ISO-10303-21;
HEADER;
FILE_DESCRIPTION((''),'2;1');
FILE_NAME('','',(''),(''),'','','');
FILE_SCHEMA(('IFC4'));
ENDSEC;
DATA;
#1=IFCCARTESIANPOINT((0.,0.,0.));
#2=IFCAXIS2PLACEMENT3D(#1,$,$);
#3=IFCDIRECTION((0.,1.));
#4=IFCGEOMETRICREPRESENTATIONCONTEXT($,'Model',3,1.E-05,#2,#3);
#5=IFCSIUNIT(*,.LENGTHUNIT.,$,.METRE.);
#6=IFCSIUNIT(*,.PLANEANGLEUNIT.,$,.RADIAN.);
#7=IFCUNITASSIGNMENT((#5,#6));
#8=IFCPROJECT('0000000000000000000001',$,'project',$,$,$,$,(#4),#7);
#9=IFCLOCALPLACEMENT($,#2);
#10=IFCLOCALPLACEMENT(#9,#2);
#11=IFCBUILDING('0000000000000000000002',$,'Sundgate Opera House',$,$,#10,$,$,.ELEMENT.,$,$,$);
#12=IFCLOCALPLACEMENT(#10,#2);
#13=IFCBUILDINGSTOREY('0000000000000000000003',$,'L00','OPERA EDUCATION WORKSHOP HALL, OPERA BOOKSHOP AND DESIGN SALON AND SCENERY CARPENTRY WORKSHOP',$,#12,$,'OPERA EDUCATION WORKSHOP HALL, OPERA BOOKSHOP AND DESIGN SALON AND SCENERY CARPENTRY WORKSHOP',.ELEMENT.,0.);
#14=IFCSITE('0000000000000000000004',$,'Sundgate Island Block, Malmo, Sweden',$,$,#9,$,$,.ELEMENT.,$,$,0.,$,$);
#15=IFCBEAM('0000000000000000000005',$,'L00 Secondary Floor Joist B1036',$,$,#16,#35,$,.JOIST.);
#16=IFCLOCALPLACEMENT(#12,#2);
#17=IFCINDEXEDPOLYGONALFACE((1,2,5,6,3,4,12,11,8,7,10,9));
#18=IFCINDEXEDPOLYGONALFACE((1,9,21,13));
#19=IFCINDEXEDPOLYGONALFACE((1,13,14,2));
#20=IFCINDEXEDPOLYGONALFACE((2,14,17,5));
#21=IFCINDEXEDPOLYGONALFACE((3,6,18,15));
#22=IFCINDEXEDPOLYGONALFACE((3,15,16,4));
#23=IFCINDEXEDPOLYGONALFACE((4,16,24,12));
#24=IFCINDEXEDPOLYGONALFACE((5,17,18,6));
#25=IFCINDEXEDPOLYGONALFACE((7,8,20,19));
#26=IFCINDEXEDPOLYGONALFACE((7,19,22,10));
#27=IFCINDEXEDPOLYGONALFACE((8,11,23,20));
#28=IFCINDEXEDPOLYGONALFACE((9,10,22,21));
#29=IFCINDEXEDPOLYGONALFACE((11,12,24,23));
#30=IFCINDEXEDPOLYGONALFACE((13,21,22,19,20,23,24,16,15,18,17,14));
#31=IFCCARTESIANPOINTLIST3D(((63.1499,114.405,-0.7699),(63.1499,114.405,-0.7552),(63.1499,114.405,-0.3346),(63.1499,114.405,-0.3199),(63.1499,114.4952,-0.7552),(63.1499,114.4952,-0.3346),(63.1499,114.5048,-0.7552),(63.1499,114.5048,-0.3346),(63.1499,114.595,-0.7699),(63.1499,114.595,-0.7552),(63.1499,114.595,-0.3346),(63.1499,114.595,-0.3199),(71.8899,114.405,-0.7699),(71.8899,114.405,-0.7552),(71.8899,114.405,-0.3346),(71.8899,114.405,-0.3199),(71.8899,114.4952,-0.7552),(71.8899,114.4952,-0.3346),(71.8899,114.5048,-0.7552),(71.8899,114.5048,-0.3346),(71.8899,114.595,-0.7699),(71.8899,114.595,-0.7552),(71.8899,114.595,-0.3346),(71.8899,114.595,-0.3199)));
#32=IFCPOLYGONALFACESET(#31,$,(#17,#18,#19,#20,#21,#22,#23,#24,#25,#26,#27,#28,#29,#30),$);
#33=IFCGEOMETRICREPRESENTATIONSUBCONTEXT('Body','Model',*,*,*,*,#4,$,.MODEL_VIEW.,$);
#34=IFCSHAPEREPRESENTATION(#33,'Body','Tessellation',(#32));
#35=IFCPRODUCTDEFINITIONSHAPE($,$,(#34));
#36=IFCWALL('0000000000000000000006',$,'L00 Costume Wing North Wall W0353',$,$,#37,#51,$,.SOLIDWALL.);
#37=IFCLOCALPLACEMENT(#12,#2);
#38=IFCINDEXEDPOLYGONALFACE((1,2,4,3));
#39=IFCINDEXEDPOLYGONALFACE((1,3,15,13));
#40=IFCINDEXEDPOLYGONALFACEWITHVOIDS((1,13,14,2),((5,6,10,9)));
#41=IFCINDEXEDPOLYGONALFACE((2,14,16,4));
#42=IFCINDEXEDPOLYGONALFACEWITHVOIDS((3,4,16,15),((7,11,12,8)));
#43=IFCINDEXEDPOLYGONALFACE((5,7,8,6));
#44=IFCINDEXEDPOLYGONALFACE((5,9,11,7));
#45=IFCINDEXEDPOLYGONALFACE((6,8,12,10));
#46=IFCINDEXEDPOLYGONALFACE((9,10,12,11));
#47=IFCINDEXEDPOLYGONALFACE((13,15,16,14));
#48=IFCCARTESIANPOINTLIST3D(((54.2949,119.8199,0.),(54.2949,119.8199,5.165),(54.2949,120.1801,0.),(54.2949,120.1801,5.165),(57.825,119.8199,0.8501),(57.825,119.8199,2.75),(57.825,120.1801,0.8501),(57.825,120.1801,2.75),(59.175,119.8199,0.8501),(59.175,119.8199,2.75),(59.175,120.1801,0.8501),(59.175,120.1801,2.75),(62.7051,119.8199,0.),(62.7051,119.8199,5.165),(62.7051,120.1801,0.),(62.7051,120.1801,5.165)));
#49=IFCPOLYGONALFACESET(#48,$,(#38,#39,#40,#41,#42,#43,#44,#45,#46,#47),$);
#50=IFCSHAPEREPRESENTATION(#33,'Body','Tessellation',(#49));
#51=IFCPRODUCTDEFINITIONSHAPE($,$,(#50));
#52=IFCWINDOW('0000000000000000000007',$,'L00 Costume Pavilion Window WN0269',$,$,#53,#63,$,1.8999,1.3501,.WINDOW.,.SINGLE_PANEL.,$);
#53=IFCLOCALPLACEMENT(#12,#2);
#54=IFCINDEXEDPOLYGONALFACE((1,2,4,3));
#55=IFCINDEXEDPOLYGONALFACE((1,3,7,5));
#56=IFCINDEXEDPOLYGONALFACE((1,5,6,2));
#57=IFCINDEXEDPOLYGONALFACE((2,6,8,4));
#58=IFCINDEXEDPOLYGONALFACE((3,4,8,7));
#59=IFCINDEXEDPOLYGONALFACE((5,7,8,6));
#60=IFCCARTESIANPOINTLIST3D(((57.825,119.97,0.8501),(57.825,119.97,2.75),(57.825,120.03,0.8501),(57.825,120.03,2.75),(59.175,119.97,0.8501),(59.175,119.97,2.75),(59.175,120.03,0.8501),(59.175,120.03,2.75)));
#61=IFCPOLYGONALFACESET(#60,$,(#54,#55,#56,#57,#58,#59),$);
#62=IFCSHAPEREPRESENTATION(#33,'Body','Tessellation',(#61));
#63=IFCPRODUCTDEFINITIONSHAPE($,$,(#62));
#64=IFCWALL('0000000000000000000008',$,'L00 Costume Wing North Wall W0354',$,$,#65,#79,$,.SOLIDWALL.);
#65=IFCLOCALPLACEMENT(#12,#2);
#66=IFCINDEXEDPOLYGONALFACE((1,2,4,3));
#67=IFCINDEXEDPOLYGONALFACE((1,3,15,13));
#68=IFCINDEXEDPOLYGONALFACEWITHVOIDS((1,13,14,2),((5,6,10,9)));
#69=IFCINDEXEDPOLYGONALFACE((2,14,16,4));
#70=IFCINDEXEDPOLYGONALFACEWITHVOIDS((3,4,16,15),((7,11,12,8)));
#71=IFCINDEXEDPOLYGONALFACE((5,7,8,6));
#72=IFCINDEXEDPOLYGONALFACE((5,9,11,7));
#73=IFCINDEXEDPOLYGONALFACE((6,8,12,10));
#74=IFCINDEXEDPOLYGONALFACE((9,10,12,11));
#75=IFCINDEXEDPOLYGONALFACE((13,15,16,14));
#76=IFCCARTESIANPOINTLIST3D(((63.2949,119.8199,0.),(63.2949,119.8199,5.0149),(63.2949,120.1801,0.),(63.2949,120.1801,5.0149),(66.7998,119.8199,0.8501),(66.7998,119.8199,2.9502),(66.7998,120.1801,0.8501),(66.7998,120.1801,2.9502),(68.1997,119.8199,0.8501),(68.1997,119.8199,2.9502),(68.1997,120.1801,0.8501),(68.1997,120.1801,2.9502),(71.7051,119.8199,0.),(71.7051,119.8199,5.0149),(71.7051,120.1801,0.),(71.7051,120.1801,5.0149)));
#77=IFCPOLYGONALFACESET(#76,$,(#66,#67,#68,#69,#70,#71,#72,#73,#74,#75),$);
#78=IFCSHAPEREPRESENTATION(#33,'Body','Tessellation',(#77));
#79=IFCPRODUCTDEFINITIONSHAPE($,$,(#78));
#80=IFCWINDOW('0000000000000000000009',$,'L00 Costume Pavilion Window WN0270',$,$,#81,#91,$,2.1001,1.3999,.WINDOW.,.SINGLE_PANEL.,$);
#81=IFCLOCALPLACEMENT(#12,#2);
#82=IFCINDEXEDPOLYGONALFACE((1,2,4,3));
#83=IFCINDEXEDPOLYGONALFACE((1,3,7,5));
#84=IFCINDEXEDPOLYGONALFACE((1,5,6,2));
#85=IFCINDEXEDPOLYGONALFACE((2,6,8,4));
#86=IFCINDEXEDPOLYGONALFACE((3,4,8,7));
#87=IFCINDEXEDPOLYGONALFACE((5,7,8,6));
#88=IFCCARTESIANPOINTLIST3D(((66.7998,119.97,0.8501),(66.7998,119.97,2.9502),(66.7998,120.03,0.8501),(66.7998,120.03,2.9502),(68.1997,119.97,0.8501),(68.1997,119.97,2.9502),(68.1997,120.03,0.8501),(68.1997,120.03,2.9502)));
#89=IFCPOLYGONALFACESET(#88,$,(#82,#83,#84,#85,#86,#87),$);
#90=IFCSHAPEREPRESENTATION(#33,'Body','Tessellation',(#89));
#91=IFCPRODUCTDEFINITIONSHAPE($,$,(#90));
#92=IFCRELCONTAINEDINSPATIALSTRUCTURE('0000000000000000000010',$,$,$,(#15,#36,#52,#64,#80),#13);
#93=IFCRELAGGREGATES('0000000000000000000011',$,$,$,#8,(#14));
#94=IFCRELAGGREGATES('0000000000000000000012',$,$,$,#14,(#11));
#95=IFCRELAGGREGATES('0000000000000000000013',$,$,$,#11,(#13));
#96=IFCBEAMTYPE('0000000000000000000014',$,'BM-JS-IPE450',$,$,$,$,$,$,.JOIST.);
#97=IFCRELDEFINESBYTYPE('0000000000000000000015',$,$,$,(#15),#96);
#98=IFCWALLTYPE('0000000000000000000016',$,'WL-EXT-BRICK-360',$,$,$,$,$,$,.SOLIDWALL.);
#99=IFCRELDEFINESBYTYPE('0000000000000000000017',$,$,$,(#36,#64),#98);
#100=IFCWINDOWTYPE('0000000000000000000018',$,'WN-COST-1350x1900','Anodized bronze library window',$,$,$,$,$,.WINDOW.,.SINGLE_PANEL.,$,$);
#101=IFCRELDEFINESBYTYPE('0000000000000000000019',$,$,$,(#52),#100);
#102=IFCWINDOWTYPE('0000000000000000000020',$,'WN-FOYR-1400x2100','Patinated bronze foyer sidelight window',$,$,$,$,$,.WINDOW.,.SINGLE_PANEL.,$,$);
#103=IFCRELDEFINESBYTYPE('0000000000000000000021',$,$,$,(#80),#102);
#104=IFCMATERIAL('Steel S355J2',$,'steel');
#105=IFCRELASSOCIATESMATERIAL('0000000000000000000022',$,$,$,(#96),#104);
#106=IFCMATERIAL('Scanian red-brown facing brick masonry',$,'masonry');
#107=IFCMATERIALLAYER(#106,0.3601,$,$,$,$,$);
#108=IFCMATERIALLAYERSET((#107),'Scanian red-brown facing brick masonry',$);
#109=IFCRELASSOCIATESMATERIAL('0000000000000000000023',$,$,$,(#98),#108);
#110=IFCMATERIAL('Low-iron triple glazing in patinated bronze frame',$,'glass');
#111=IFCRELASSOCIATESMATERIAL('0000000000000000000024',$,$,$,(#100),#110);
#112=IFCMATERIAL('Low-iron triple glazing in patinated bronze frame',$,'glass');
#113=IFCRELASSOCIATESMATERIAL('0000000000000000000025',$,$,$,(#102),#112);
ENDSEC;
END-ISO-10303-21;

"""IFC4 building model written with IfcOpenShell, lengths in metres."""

from ifc_helpers import new_model, si_unit, direction, frame, frame_2d, origin, origin_2d, place, context, subcontext, project, spatial, rectangle, i_section, extrude, material, layer, layer_set, material_profile, profile_set, type_object, element, fill, save


model = new_model("IFC4")

# Units and contexts
model_context = context("Model", 3, precision=1e-05, world=origin(), true_north=direction((0.0, 1.0)))
body_context = subcontext(model_context, "Body", "Model", "MODEL_VIEW")
ifc_project = project(units=[si_unit("LENGTHUNIT", "METRE"), si_unit("PLANEANGLEUNIT", "RADIAN")], contexts=[model_context])

# Site, building, storey
site_placement = place(None, origin())
site = spatial("IfcSite", under=ifc_project, at=site_placement, Name="Sundgate Island Block, Malmo, Sweden", CompositionType="ELEMENT", RefElevation=0.0)
building_placement = place(site_placement, origin())
building = spatial("IfcBuilding", under=site, at=building_placement, Name="Sundgate Opera House", CompositionType="ELEMENT")
storey_placement = place(building_placement, origin())
storey = spatial("IfcBuildingStorey", under=building, at=storey_placement, Name="L00", Description="OPERA EDUCATION WORKSHOP HALL, OPERA BOOKSHOP AND DESIGN SALON AND SCENERY CARPENTRY WORKSHOP", LongName="OPERA EDUCATION WORKSHOP HALL, OPERA BOOKSHOP AND DESIGN SALON AND SCENERY CARPENTRY WORKSHOP", CompositionType="ELEMENT", Elevation=0.0)

# Beam
ifc_material_1 = material(Name="Steel S355J2", Category="steel")
ifc_material_profile_1 = material_profile(ifc_material_1, i_section(OverallWidth=0.1899, OverallDepth=0.45, WebThickness=0.0095, FlangeThickness=0.0146, at=origin_2d()), Name="IPE 450")
ifc_profile_set_1 = profile_set([ifc_material_profile_1], Name="Steel S355J2")
beam_type_1 = type_object("IfcBeamType", Name="BM-JS-IPE450", PredefinedType="JOIST", material=ifc_profile_set_1)
beam_1_placement = place(storey_placement, frame((63.1499, 114.5, -0.5449), z_axis=(1.0, 0.0, 0.0), x_axis=(0.0, 1.0, 0.0)))
element("IfcBeam", 1, at=beam_1_placement, inside=storey, type_object=beam_type_1, Name="L00 Secondary Floor Joist B1036", PredefinedType="JOIST", context=body_context, shape_type="SweptSolid", body=[
    extrude(i_section(OverallWidth=0.1899, OverallDepth=0.45, WebThickness=0.0095, FlangeThickness=0.0146, at=origin_2d()), origin(), (0.0, 0.0, 1.0), 8.74),
])

# Walls, openings, windows
ifc_material_2 = material(Name="Scanian red-brown facing brick masonry", Category="masonry")
ifc_layer = layer(ifc_material_2, 0.3601)
ifc_layer_set = layer_set([ifc_layer], Name="Scanian red-brown facing brick masonry")
wall_type = type_object("IfcWallType", Name="WL-EXT-BRICK-360", PredefinedType="SOLIDWALL", material=ifc_layer_set)
wall_1_placement = place(storey_placement, frame((54.2949, 120.0, 0.0), z_axis=(0.0, 0.0, 1.0), x_axis=(1.0, 0.0, 0.0)))
wall_1 = element("IfcWall", 2, at=wall_1_placement, inside=storey, type_object=wall_type, Name="L00 Costume Wing North Wall W0353", PredefinedType="SOLIDWALL", context=body_context, shape_type="SweptSolid", body=[
    extrude(rectangle(XDim=8.4102, YDim=0.3601, at=frame_2d((4.2051, 0.0))), origin(), (0.0, 0.0, 1.0), 5.165),
])
opening_1_placement = place(wall_1_placement, frame((3.53, 0.0, 0.8501)))
opening_1 = element("IfcOpeningElement", 3, at=opening_1_placement, cuts=wall_1, PredefinedType="OPENING", context=body_context, shape_type="SweptSolid", body=[
    extrude(rectangle(XDim=1.3501, YDim=1.8999, at=frame_2d((0.675, 0.95))), frame((0.0, 0.1899, 0.0), z_axis=(0.0, -1.0, 0.0), x_axis=(1.0, 0.0, 0.0)), (0.0, 0.0, 1.0), 0.3801),
])
ifc_material_3 = material(Name="Low-iron triple glazing in patinated bronze frame", Category="glass")
window_type_1 = type_object("IfcWindowType", Name="WN-COST-1350x1900", Description="Anodized bronze library window", PartitioningType="SINGLE_PANEL", PredefinedType="WINDOW", material=ifc_material_3)
window_1_placement = place(opening_1_placement, origin())
window_1 = element("IfcWindow", 4, at=window_1_placement, inside=storey, type_object=window_type_1, Name="L00 Costume Pavilion Window WN0269", OverallHeight=1.8999, OverallWidth=1.3501, PartitioningType="SINGLE_PANEL", PredefinedType="WINDOW", context=body_context, shape_type="SweptSolid", body=[
    extrude(rectangle(XDim=1.3501, YDim=1.8999, at=frame_2d((0.675, 0.95))), frame((0.0, 0.03, 0.0), z_axis=(0.0, -1.0, 0.0), x_axis=(1.0, 0.0, 0.0)), (0.0, 0.0, 1.0), 0.0601),
])
fill(opening_1, window_1)
wall_2_placement = place(storey_placement, frame((63.2949, 120.0, 0.0), z_axis=(0.0, 0.0, 1.0), x_axis=(1.0, 0.0, 0.0)))
wall_2 = element("IfcWall", 5, at=wall_2_placement, inside=storey, type_object=wall_type, Name="L00 Costume Wing North Wall W0354", PredefinedType="SOLIDWALL", context=body_context, shape_type="SweptSolid", body=[
    extrude(rectangle(XDim=8.4102, YDim=0.3601, at=frame_2d((4.2051, 0.0))), origin(), (0.0, 0.0, 1.0), 5.0149),
])
opening_2_placement = place(wall_2_placement, frame((3.5049, 0.0, 0.8501)))
opening_2 = element("IfcOpeningElement", 6, at=opening_2_placement, cuts=wall_2, PredefinedType="OPENING", context=body_context, shape_type="SweptSolid", body=[
    extrude(rectangle(XDim=1.3999, YDim=2.1001, at=frame_2d((0.7, 1.05))), frame((0.0, 0.1899, 0.0), z_axis=(0.0, -1.0, 0.0), x_axis=(1.0, 0.0, 0.0)), (0.0, 0.0, 1.0), 0.3801),
])
ifc_material_4 = material(Name="Low-iron triple glazing in patinated bronze frame", Category="glass")
window_type_2 = type_object("IfcWindowType", Name="WN-FOYR-1400x2100", Description="Patinated bronze foyer sidelight window", PartitioningType="SINGLE_PANEL", PredefinedType="WINDOW", material=ifc_material_4)
window_2_placement = place(opening_2_placement, origin())
window_2 = element("IfcWindow", 7, at=window_2_placement, inside=storey, type_object=window_type_2, Name="L00 Costume Pavilion Window WN0270", OverallHeight=2.1001, OverallWidth=1.3999, PartitioningType="SINGLE_PANEL", PredefinedType="WINDOW", context=body_context, shape_type="SweptSolid", body=[
    extrude(rectangle(XDim=1.3999, YDim=2.1001, at=frame_2d((0.7, 1.05))), frame((0.0, 0.03, 0.0), z_axis=(0.0, -1.0, 0.0), x_axis=(1.0, 0.0, 0.0)), (0.0, 0.0, 1.0), 0.0601),
])
fill(opening_2, window_2)

save(model, "model.ifc")
